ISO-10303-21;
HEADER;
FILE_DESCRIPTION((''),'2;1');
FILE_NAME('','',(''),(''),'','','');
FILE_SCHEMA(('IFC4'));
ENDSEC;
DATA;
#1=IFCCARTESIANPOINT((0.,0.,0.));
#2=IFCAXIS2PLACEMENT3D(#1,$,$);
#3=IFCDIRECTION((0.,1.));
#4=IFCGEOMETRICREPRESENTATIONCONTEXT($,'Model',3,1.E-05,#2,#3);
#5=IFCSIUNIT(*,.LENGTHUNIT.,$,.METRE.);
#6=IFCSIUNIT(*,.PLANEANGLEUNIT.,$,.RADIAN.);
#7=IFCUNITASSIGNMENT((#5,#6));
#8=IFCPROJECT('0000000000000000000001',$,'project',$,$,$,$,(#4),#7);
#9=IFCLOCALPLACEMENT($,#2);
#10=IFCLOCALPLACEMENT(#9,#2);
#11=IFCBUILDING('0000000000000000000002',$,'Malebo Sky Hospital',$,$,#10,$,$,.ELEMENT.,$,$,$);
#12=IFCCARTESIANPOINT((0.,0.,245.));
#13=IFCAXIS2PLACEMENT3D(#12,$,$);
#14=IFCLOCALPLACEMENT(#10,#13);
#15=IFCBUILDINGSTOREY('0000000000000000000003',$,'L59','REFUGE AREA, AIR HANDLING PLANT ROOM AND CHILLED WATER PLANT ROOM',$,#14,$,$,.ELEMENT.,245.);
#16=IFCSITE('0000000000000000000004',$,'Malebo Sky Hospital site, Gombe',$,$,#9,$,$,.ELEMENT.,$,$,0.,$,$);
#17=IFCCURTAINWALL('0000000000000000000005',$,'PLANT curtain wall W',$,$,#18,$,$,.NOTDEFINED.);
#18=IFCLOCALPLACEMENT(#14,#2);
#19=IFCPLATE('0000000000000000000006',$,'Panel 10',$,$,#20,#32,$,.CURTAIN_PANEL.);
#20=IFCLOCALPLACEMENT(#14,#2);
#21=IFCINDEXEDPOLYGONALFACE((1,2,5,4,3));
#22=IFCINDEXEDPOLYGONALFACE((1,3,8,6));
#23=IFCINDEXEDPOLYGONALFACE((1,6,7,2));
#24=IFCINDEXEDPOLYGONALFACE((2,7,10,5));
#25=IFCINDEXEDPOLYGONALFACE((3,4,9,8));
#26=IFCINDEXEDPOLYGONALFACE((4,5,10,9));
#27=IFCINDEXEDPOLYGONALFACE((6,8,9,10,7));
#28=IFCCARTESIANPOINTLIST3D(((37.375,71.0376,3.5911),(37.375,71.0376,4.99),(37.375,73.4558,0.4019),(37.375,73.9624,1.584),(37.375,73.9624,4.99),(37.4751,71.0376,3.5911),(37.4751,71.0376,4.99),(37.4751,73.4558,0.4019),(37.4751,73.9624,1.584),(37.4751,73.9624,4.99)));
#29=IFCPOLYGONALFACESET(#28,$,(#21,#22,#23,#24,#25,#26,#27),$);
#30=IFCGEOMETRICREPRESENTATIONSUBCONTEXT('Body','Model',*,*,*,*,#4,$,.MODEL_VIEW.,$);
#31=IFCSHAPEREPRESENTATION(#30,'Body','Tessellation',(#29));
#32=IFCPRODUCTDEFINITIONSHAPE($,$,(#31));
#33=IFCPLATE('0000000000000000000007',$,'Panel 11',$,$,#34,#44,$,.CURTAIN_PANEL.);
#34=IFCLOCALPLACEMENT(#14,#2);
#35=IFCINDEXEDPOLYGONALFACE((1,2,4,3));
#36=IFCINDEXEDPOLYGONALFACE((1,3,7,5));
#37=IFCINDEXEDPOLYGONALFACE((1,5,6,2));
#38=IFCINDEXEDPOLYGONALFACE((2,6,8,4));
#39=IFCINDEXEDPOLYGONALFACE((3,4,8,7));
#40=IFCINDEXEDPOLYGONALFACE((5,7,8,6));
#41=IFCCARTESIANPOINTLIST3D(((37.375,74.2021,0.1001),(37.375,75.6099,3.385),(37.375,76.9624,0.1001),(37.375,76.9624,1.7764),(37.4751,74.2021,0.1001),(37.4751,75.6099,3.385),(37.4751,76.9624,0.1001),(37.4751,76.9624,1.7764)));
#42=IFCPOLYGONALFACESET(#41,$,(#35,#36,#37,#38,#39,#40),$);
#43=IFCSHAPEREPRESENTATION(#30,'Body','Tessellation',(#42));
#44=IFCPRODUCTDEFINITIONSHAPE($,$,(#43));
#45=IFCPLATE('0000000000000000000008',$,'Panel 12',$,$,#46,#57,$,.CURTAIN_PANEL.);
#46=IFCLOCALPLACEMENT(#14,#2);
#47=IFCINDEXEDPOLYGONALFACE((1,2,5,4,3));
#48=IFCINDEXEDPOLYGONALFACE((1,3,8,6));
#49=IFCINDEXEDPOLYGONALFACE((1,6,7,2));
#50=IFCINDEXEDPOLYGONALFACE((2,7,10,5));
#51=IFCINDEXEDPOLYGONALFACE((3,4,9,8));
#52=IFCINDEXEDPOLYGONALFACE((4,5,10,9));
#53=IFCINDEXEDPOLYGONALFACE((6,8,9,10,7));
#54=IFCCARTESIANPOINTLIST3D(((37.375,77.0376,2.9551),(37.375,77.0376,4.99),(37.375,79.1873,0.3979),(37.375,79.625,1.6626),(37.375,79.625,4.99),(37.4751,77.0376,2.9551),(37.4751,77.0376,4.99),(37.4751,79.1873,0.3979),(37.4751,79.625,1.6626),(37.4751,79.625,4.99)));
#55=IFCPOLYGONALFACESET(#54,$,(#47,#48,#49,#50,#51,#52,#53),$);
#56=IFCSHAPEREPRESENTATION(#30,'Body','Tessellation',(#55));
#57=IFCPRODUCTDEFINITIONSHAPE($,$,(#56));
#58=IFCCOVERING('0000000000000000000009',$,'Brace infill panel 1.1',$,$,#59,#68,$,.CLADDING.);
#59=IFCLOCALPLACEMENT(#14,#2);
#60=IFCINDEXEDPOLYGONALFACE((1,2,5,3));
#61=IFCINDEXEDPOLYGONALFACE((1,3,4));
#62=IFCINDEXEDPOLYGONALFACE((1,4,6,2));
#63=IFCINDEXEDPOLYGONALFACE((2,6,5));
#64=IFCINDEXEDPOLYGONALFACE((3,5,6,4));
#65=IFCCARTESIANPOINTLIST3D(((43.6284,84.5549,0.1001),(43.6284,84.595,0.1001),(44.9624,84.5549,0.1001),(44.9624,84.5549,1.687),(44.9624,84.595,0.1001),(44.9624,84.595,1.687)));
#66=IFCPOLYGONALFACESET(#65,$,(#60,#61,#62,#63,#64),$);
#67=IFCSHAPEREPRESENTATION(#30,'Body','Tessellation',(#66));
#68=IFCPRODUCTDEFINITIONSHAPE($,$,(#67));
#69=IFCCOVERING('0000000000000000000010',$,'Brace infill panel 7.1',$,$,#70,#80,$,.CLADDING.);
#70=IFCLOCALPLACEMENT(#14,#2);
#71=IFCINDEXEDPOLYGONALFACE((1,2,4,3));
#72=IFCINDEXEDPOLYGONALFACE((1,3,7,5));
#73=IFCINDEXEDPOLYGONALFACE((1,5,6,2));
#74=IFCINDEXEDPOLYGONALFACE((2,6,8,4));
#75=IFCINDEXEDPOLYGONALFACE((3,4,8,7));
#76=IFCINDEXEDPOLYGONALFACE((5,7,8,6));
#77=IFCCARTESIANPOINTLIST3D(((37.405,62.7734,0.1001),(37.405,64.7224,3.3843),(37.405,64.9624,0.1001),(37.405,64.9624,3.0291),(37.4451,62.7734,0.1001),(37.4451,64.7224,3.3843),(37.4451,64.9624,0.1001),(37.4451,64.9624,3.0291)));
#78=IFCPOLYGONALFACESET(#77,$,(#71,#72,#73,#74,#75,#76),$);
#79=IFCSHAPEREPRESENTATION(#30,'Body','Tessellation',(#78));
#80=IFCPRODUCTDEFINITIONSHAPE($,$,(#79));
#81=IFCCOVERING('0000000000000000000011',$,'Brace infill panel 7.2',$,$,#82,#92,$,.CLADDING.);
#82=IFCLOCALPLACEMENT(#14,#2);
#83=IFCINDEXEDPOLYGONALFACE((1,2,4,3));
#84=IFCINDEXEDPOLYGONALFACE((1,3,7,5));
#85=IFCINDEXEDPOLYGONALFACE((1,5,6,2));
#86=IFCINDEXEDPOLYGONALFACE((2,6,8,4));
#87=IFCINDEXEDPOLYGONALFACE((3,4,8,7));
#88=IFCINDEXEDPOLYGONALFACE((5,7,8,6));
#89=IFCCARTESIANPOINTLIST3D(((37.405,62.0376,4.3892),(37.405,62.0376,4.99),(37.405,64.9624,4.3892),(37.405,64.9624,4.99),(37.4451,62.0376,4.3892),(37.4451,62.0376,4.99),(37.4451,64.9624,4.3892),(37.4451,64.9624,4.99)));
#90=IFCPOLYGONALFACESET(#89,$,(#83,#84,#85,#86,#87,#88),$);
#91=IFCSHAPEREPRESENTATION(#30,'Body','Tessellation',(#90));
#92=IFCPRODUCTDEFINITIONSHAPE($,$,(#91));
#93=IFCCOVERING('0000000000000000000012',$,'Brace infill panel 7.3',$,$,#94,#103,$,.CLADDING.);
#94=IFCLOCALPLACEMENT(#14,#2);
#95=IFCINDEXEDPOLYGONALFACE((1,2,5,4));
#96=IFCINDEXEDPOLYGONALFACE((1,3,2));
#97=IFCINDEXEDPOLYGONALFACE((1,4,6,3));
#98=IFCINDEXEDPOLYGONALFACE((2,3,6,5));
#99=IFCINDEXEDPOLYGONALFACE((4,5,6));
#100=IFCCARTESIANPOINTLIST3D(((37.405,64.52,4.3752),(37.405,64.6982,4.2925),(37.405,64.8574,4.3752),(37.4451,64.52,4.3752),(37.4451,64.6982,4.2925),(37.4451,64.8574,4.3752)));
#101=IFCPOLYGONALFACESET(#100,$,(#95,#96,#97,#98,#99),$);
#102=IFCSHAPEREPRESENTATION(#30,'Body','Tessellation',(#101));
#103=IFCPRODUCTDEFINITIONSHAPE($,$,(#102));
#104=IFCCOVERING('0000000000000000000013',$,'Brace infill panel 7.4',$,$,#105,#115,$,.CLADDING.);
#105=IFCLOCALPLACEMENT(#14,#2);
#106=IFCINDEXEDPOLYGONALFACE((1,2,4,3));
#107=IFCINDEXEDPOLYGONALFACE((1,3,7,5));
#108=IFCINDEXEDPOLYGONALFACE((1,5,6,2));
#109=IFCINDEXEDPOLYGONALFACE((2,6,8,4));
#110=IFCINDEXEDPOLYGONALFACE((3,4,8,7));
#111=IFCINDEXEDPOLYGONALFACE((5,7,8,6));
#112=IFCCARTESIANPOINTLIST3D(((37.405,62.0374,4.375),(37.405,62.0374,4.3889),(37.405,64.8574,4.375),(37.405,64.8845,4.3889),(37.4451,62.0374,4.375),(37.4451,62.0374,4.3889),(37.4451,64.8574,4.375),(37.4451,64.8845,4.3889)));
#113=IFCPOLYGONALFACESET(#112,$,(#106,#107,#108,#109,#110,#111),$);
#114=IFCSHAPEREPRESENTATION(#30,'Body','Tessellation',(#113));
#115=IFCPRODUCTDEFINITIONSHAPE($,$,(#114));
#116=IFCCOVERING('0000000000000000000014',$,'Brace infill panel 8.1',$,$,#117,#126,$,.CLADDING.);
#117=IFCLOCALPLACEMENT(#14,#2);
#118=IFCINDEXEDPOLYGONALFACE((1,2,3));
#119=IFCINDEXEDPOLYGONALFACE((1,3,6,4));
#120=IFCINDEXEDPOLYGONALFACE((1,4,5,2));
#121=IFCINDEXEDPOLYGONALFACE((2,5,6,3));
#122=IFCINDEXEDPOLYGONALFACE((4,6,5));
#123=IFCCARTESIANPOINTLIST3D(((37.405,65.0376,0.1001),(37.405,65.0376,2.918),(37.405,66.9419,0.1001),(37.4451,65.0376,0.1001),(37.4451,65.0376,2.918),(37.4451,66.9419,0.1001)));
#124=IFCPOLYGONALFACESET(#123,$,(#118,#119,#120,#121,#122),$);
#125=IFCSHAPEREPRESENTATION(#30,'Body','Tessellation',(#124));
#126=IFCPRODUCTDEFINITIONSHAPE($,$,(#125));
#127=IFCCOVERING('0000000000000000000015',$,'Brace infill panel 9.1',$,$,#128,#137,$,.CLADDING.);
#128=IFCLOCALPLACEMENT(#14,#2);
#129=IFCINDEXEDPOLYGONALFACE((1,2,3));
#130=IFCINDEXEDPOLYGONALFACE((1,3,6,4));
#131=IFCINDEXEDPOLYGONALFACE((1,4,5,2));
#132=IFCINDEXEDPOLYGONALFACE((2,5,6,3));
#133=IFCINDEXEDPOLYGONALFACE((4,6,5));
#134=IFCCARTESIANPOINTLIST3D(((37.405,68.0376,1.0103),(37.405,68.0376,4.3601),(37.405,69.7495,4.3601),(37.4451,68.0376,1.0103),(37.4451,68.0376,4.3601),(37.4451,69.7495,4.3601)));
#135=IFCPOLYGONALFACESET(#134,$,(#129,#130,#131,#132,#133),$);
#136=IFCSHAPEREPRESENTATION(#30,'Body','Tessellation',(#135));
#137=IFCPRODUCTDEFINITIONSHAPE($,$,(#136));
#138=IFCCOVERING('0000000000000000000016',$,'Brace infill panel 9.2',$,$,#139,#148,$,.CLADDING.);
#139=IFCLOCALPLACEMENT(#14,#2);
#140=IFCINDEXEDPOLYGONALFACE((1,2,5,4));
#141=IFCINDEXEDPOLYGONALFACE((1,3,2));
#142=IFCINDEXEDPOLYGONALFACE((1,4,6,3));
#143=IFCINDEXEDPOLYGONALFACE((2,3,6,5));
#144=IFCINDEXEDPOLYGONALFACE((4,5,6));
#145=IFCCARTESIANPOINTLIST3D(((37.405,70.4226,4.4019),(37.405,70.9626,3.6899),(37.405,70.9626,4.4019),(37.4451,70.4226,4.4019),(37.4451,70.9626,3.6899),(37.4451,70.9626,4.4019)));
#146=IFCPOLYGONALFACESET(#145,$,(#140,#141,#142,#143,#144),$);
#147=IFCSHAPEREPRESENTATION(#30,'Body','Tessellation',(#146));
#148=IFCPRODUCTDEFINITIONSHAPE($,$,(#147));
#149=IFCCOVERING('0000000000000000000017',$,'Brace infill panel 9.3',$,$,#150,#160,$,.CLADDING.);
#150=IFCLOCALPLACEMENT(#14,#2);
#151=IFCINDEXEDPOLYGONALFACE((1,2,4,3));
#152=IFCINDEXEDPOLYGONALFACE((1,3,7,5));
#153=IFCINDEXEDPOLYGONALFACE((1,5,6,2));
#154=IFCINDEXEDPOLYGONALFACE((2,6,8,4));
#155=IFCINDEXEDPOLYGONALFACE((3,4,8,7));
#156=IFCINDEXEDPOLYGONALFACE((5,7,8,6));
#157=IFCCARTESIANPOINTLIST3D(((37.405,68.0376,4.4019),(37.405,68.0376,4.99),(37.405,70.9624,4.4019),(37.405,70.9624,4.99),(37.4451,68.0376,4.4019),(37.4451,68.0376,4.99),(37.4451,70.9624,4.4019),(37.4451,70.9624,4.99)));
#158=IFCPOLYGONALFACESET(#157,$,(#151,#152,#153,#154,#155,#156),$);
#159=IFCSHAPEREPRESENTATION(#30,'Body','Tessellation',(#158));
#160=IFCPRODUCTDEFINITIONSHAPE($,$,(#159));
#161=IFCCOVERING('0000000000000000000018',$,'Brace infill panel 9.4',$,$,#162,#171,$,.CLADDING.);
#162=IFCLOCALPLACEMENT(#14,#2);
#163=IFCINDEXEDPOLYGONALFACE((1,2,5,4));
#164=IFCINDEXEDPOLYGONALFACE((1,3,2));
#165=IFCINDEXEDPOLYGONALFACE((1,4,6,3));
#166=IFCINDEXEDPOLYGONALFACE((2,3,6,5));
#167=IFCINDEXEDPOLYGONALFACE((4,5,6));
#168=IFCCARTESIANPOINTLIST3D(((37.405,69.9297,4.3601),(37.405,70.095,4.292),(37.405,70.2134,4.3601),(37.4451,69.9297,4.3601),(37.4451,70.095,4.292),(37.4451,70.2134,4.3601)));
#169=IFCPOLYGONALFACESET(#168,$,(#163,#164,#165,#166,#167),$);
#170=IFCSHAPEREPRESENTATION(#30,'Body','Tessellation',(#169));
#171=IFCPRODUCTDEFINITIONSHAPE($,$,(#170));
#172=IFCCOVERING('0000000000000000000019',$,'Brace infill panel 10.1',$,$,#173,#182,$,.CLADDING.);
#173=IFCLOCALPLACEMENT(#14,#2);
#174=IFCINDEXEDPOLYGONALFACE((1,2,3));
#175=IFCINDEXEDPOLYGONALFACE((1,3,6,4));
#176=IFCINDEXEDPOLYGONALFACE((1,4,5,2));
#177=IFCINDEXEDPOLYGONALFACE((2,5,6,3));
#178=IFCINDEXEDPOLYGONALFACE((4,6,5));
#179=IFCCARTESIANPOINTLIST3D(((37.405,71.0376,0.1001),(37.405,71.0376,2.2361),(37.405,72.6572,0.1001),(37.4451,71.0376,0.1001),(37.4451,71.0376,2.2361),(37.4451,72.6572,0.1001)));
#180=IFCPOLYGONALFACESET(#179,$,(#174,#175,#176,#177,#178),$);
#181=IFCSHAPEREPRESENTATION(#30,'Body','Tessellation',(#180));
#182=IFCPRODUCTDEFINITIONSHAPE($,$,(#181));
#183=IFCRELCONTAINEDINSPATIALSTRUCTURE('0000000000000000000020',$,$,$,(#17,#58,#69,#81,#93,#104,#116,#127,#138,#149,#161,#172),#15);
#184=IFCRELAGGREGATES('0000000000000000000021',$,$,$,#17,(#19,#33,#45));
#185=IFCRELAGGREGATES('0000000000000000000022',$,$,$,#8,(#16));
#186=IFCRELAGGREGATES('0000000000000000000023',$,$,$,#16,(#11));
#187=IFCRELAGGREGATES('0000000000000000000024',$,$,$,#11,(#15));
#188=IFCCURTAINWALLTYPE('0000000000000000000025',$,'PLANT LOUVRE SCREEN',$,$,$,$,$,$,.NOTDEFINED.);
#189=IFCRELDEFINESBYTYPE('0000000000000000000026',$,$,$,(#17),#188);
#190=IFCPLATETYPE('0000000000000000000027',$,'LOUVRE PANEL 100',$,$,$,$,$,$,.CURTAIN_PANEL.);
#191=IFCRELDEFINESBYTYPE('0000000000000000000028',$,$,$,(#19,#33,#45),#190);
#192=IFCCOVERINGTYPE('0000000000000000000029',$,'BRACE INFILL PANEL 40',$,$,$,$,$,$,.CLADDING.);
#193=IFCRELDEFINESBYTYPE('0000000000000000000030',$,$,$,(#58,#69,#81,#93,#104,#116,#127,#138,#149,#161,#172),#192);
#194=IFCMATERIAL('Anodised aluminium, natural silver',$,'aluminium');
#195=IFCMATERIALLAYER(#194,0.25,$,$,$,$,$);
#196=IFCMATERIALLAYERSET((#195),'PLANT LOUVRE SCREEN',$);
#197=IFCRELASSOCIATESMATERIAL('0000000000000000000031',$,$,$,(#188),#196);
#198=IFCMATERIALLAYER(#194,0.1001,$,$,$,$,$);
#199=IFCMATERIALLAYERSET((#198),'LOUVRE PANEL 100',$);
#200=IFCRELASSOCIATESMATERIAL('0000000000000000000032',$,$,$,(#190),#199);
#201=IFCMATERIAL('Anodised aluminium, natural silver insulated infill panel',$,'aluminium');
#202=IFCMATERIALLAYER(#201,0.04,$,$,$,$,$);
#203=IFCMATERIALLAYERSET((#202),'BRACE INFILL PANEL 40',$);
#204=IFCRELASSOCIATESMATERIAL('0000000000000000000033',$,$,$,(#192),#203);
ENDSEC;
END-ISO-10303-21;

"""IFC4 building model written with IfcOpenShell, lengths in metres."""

from ifc_helpers import new_model, si_unit, direction, frame, origin, place, context, subcontext, project, spatial, polyline, outline, extrude, material, layer, layer_set, type_object, element, aggregate, save


model = new_model("IFC4")

# Units and contexts
model_context = context("Model", 3, precision=1e-05, world=origin(), true_north=direction((0.0, 1.0)))
body_context = subcontext(model_context, "Body", "Model", "MODEL_VIEW")
ifc_project = project(units=[si_unit("LENGTHUNIT", "METRE"), si_unit("PLANEANGLEUNIT", "RADIAN")], contexts=[model_context])

# Site, building, storey
site_placement = place(None, origin())
site = spatial("IfcSite", under=ifc_project, at=site_placement, Name="Malebo Sky Hospital site, Gombe", CompositionType="ELEMENT", RefElevation=0.0)
building_placement = place(site_placement, origin())
building = spatial("IfcBuilding", under=site, at=building_placement, Name="Malebo Sky Hospital", CompositionType="ELEMENT")
storey_placement = place(building_placement, frame((0.0, 0.0, 245.0)))
storey = spatial("IfcBuildingStorey", under=building, at=storey_placement, Name="L59", Description="REFUGE AREA, AIR HANDLING PLANT ROOM AND CHILLED WATER PLANT ROOM", CompositionType="ELEMENT", Elevation=245.0)

# Shared definitions
ifc_material_1 = material(Name="Anodised aluminium, natural silver", Category="aluminium")
ifc_layer_1 = layer(ifc_material_1, 0.25)
ifc_layer_set_1 = layer_set([ifc_layer_1], Name="PLANT LOUVRE SCREEN")
curtain_wall_type = type_object("IfcCurtainWallType", Name="PLANT LOUVRE SCREEN", PredefinedType="NOTDEFINED", material=ifc_layer_set_1)

# Curtain wall
curtain_wall_1_placement = place(storey_placement, origin())
curtain_wall_1 = element("IfcCurtainWall", 1, at=curtain_wall_1_placement, inside=storey, type_object=curtain_wall_type, Name="PLANT curtain wall W", PredefinedType="NOTDEFINED")

# Plates
ifc_layer_2 = layer(ifc_material_1, 0.1001)
ifc_layer_set_2 = layer_set([ifc_layer_2], Name="LOUVRE PANEL 100")
plate_type = type_object("IfcPlateType", Name="LOUVRE PANEL 100", PredefinedType="CURTAIN_PANEL", material=ifc_layer_set_2)
plate_1_placement = place(storey_placement, frame((37.425, 72.5, 0.4019), z_axis=(0.0, 0.0, 1.0), x_axis=(0.0, 1.0, 0.0)))
plate_1 = element("IfcPlate", 2, at=plate_1_placement, type_object=plate_type, Name="Panel 10", PredefinedType="CURTAIN_PANEL", context=body_context, shape_type="SweptSolid", body=[
    extrude(outline(polyline([(0.9558, 0.0), (1.4624, 1.1821), (1.4624, 4.5881), (-1.4624, 4.5881), (-1.4624, 3.1892), (0.9558, 0.0)])), frame((0.0, 0.05, 0.0), z_axis=(0.0, -1.0, 0.0), x_axis=(1.0, 0.0, 0.0)), (0.0, 0.0, 1.0), 0.1001),
])
plate_2_placement = place(storey_placement, frame((37.425, 75.5823, 0.1001), z_axis=(0.0, 0.0, 1.0), x_axis=(0.0, 1.0, 0.0)))
plate_2 = element("IfcPlate", 3, at=plate_2_placement, type_object=plate_type, Name="Panel 11", PredefinedType="CURTAIN_PANEL", context=body_context, shape_type="SweptSolid", body=[
    extrude(outline(polyline([(-1.3801, 0.0), (1.3801, 0.0), (1.3801, 1.6763), (0.0276, 3.2849), (-1.3801, 0.0)])), frame((0.0, 0.05, 0.0), z_axis=(0.0, -1.0, 0.0), x_axis=(1.0, 0.0, 0.0)), (0.0, 0.0, 1.0), 0.1001),
])
plate_3_placement = place(storey_placement, frame((37.425, 78.3313, 0.3979), z_axis=(0.0, 0.0, 1.0), x_axis=(0.0, 1.0, 0.0)))
plate_3 = element("IfcPlate", 4, at=plate_3_placement, type_object=plate_type, Name="Panel 12", PredefinedType="CURTAIN_PANEL", context=body_context, shape_type="SweptSolid", body=[
    extrude(outline(polyline([(0.856, 0.0), (1.2937, 1.2646), (1.2937, 4.592), (-1.2937, 4.592), (-1.2937, 2.5571), (0.856, 0.0)])), frame((0.0, 0.05, 0.0), z_axis=(0.0, -1.0, 0.0), x_axis=(1.0, 0.0, 0.0)), (0.0, 0.0, 1.0), 0.1001),
])
aggregate(curtain_wall_1, [plate_1, plate_2, plate_3])

# Coverings
ifc_material_2 = material(Name="Anodised aluminium, natural silver insulated infill panel", Category="aluminium")
ifc_layer_3 = layer(ifc_material_2, 0.04)
ifc_layer_set_3 = layer_set([ifc_layer_3], Name="BRACE INFILL PANEL 40")
covering_type = type_object("IfcCoveringType", Name="BRACE INFILL PANEL 40", PredefinedType="CLADDING", material=ifc_layer_set_3)
covering_1_placement = place(storey_placement, frame((44.2954, 84.575, 0.1001), z_axis=(0.0, 0.0, 1.0), x_axis=(1.0, 0.0, 0.0)))
element("IfcCovering", 5, at=covering_1_placement, inside=storey, type_object=covering_type, Name="Brace infill panel 1.1", PredefinedType="CLADDING", context=body_context, shape_type="SweptSolid", body=[
    extrude(outline(polyline([(-0.667, 0.0), (0.667, 0.0), (0.667, 1.5869), (-0.667, 0.0)])), frame((0.0, 0.02, 0.0), z_axis=(0.0, -1.0, 0.0), x_axis=(1.0, 0.0, 0.0)), (0.0, 0.0, 1.0), 0.04),
])
covering_2_placement = place(storey_placement, frame((37.425, 63.8679, 0.1001), z_axis=(0.0, 0.0, 1.0), x_axis=(0.0, 1.0, 0.0)))
element("IfcCovering", 6, at=covering_2_placement, inside=storey, type_object=covering_type, Name="Brace infill panel 7.1", PredefinedType="CLADDING", context=body_context, shape_type="SweptSolid", body=[
    extrude(outline(polyline([(-1.0945, 0.0), (1.0945, 0.0), (1.0945, 2.929), (0.8545, 3.2842), (-1.0945, 0.0)])), frame((0.0, 0.02, 0.0), z_axis=(0.0, -1.0, 0.0), x_axis=(1.0, 0.0, 0.0)), (0.0, 0.0, 1.0), 0.04),
])
covering_3_placement = place(storey_placement, frame((37.425, 63.5, 4.3892), z_axis=(0.0, 0.0, 1.0), x_axis=(0.0, 1.0, 0.0)))
element("IfcCovering", 7, at=covering_3_placement, inside=storey, type_object=covering_type, Name="Brace infill panel 7.2", PredefinedType="CLADDING", context=body_context, shape_type="SweptSolid", body=[
    extrude(outline(polyline([(-1.4624, 0.0), (1.4624, 0.0), (1.4624, 0.6008), (-1.4624, 0.6008), (-1.4624, 0.0)])), frame((0.0, 0.02, 0.0), z_axis=(0.0, -1.0, 0.0), x_axis=(1.0, 0.0, 0.0)), (0.0, 0.0, 1.0), 0.04),
])
covering_4_placement = place(storey_placement, frame((37.425, 64.6887, 4.2925), z_axis=(0.0, 0.0, 1.0), x_axis=(0.0, 1.0, 0.0)))
element("IfcCovering", 8, at=covering_4_placement, inside=storey, type_object=covering_type, Name="Brace infill panel 7.3", PredefinedType="CLADDING", context=body_context, shape_type="SweptSolid", body=[
    extrude(outline(polyline([(0.0095, 0.0), (0.1687, 0.0828), (-0.1687, 0.0828), (0.0095, 0.0)])), frame((0.0, 0.02, 0.0), z_axis=(0.0, -1.0, 0.0), x_axis=(1.0, 0.0, 0.0)), (0.0, 0.0, 1.0), 0.04),
])
covering_5_placement = place(storey_placement, frame((37.425, 63.4609, 4.375), z_axis=(0.0, 0.0, 1.0), x_axis=(0.0, 1.0, 0.0)))
element("IfcCovering", 9, at=covering_5_placement, inside=storey, type_object=covering_type, Name="Brace infill panel 7.4", PredefinedType="CLADDING", context=body_context, shape_type="SweptSolid", body=[
    extrude(outline(polyline([(-1.4236, 0.0), (1.3965, 0.0), (1.4236, 0.0139), (-1.4236, 0.0139), (-1.4236, 0.0)])), frame((0.0, 0.02, 0.0), z_axis=(0.0, -1.0, 0.0), x_axis=(1.0, 0.0, 0.0)), (0.0, 0.0, 1.0), 0.04),
])
covering_6_placement = place(storey_placement, frame((37.425, 65.9897, 0.1001), z_axis=(0.0, 0.0, 1.0), x_axis=(0.0, 1.0, 0.0)))
element("IfcCovering", 10, at=covering_6_placement, inside=storey, type_object=covering_type, Name="Brace infill panel 8.1", PredefinedType="CLADDING", context=body_context, shape_type="SweptSolid", body=[
    extrude(outline(polyline([(-0.9521, 0.0), (0.9521, 0.0), (-0.9521, 2.8179), (-0.9521, 0.0)])), frame((0.0, 0.02, 0.0), z_axis=(0.0, -1.0, 0.0), x_axis=(1.0, 0.0, 0.0)), (0.0, 0.0, 1.0), 0.04),
])
covering_7_placement = place(storey_placement, frame((37.425, 68.8936, 1.0103), z_axis=(0.0, 0.0, 1.0), x_axis=(0.0, 1.0, 0.0)))
element("IfcCovering", 11, at=covering_7_placement, inside=storey, type_object=covering_type, Name="Brace infill panel 9.1", PredefinedType="CLADDING", context=body_context, shape_type="SweptSolid", body=[
    extrude(outline(polyline([(-0.856, 0.0), (0.856, 3.3499), (-0.856, 3.3499), (-0.856, 0.0)])), frame((0.0, 0.02, 0.0), z_axis=(0.0, -1.0, 0.0), x_axis=(1.0, 0.0, 0.0)), (0.0, 0.0, 1.0), 0.04),
])
covering_8_placement = place(storey_placement, frame((37.425, 70.6926, 3.6899), z_axis=(0.0, 0.0, 1.0), x_axis=(0.0, 1.0, 0.0)))
element("IfcCovering", 12, at=covering_8_placement, inside=storey, type_object=covering_type, Name="Brace infill panel 9.2", PredefinedType="CLADDING", context=body_context, shape_type="SweptSolid", body=[
    extrude(outline(polyline([(0.27, 0.0), (0.27, 0.7119), (-0.27, 0.7119), (0.27, 0.0)])), frame((0.0, 0.02, 0.0), z_axis=(0.0, -1.0, 0.0), x_axis=(1.0, 0.0, 0.0)), (0.0, 0.0, 1.0), 0.04),
])
covering_9_placement = place(storey_placement, frame((37.425, 69.5, 4.4019), z_axis=(0.0, 0.0, 1.0), x_axis=(0.0, 1.0, 0.0)))
element("IfcCovering", 13, at=covering_9_placement, inside=storey, type_object=covering_type, Name="Brace infill panel 9.3", PredefinedType="CLADDING", context=body_context, shape_type="SweptSolid", body=[
    extrude(outline(polyline([(-1.4624, 0.0), (1.4624, 0.0), (1.4624, 0.5881), (-1.4624, 0.5881), (-1.4624, 0.0)])), frame((0.0, 0.02, 0.0), z_axis=(0.0, -1.0, 0.0), x_axis=(1.0, 0.0, 0.0)), (0.0, 0.0, 1.0), 0.04),
])
covering_10_placement = place(storey_placement, frame((37.425, 70.0715, 4.292), z_axis=(0.0, 0.0, 1.0), x_axis=(0.0, 1.0, 0.0)))
element("IfcCovering", 14, at=covering_10_placement, inside=storey, type_object=covering_type, Name="Brace infill panel 9.4", PredefinedType="CLADDING", context=body_context, shape_type="SweptSolid", body=[
    extrude(outline(polyline([(0.0234, 0.0), (0.1418, 0.0681), (-0.1418, 0.0681), (0.0234, 0.0)])), frame((0.0, 0.02, 0.0), z_axis=(0.0, -1.0, 0.0), x_axis=(1.0, 0.0, 0.0)), (0.0, 0.0, 1.0), 0.04),
])
covering_11_placement = place(storey_placement, frame((37.425, 71.8474, 0.1001), z_axis=(0.0, 0.0, 1.0), x_axis=(0.0, 1.0, 0.0)))
element("IfcCovering", 15, at=covering_11_placement, inside=storey, type_object=covering_type, Name="Brace infill panel 10.1", PredefinedType="CLADDING", context=body_context, shape_type="SweptSolid", body=[
    extrude(outline(polyline([(-0.8098, 0.0), (0.8098, 0.0), (-0.8098, 2.136), (-0.8098, 0.0)])), frame((0.0, 0.02, 0.0), z_axis=(0.0, -1.0, 0.0), x_axis=(1.0, 0.0, 0.0)), (0.0, 0.0, 1.0), 0.04),
])

save(model, "model.ifc")
